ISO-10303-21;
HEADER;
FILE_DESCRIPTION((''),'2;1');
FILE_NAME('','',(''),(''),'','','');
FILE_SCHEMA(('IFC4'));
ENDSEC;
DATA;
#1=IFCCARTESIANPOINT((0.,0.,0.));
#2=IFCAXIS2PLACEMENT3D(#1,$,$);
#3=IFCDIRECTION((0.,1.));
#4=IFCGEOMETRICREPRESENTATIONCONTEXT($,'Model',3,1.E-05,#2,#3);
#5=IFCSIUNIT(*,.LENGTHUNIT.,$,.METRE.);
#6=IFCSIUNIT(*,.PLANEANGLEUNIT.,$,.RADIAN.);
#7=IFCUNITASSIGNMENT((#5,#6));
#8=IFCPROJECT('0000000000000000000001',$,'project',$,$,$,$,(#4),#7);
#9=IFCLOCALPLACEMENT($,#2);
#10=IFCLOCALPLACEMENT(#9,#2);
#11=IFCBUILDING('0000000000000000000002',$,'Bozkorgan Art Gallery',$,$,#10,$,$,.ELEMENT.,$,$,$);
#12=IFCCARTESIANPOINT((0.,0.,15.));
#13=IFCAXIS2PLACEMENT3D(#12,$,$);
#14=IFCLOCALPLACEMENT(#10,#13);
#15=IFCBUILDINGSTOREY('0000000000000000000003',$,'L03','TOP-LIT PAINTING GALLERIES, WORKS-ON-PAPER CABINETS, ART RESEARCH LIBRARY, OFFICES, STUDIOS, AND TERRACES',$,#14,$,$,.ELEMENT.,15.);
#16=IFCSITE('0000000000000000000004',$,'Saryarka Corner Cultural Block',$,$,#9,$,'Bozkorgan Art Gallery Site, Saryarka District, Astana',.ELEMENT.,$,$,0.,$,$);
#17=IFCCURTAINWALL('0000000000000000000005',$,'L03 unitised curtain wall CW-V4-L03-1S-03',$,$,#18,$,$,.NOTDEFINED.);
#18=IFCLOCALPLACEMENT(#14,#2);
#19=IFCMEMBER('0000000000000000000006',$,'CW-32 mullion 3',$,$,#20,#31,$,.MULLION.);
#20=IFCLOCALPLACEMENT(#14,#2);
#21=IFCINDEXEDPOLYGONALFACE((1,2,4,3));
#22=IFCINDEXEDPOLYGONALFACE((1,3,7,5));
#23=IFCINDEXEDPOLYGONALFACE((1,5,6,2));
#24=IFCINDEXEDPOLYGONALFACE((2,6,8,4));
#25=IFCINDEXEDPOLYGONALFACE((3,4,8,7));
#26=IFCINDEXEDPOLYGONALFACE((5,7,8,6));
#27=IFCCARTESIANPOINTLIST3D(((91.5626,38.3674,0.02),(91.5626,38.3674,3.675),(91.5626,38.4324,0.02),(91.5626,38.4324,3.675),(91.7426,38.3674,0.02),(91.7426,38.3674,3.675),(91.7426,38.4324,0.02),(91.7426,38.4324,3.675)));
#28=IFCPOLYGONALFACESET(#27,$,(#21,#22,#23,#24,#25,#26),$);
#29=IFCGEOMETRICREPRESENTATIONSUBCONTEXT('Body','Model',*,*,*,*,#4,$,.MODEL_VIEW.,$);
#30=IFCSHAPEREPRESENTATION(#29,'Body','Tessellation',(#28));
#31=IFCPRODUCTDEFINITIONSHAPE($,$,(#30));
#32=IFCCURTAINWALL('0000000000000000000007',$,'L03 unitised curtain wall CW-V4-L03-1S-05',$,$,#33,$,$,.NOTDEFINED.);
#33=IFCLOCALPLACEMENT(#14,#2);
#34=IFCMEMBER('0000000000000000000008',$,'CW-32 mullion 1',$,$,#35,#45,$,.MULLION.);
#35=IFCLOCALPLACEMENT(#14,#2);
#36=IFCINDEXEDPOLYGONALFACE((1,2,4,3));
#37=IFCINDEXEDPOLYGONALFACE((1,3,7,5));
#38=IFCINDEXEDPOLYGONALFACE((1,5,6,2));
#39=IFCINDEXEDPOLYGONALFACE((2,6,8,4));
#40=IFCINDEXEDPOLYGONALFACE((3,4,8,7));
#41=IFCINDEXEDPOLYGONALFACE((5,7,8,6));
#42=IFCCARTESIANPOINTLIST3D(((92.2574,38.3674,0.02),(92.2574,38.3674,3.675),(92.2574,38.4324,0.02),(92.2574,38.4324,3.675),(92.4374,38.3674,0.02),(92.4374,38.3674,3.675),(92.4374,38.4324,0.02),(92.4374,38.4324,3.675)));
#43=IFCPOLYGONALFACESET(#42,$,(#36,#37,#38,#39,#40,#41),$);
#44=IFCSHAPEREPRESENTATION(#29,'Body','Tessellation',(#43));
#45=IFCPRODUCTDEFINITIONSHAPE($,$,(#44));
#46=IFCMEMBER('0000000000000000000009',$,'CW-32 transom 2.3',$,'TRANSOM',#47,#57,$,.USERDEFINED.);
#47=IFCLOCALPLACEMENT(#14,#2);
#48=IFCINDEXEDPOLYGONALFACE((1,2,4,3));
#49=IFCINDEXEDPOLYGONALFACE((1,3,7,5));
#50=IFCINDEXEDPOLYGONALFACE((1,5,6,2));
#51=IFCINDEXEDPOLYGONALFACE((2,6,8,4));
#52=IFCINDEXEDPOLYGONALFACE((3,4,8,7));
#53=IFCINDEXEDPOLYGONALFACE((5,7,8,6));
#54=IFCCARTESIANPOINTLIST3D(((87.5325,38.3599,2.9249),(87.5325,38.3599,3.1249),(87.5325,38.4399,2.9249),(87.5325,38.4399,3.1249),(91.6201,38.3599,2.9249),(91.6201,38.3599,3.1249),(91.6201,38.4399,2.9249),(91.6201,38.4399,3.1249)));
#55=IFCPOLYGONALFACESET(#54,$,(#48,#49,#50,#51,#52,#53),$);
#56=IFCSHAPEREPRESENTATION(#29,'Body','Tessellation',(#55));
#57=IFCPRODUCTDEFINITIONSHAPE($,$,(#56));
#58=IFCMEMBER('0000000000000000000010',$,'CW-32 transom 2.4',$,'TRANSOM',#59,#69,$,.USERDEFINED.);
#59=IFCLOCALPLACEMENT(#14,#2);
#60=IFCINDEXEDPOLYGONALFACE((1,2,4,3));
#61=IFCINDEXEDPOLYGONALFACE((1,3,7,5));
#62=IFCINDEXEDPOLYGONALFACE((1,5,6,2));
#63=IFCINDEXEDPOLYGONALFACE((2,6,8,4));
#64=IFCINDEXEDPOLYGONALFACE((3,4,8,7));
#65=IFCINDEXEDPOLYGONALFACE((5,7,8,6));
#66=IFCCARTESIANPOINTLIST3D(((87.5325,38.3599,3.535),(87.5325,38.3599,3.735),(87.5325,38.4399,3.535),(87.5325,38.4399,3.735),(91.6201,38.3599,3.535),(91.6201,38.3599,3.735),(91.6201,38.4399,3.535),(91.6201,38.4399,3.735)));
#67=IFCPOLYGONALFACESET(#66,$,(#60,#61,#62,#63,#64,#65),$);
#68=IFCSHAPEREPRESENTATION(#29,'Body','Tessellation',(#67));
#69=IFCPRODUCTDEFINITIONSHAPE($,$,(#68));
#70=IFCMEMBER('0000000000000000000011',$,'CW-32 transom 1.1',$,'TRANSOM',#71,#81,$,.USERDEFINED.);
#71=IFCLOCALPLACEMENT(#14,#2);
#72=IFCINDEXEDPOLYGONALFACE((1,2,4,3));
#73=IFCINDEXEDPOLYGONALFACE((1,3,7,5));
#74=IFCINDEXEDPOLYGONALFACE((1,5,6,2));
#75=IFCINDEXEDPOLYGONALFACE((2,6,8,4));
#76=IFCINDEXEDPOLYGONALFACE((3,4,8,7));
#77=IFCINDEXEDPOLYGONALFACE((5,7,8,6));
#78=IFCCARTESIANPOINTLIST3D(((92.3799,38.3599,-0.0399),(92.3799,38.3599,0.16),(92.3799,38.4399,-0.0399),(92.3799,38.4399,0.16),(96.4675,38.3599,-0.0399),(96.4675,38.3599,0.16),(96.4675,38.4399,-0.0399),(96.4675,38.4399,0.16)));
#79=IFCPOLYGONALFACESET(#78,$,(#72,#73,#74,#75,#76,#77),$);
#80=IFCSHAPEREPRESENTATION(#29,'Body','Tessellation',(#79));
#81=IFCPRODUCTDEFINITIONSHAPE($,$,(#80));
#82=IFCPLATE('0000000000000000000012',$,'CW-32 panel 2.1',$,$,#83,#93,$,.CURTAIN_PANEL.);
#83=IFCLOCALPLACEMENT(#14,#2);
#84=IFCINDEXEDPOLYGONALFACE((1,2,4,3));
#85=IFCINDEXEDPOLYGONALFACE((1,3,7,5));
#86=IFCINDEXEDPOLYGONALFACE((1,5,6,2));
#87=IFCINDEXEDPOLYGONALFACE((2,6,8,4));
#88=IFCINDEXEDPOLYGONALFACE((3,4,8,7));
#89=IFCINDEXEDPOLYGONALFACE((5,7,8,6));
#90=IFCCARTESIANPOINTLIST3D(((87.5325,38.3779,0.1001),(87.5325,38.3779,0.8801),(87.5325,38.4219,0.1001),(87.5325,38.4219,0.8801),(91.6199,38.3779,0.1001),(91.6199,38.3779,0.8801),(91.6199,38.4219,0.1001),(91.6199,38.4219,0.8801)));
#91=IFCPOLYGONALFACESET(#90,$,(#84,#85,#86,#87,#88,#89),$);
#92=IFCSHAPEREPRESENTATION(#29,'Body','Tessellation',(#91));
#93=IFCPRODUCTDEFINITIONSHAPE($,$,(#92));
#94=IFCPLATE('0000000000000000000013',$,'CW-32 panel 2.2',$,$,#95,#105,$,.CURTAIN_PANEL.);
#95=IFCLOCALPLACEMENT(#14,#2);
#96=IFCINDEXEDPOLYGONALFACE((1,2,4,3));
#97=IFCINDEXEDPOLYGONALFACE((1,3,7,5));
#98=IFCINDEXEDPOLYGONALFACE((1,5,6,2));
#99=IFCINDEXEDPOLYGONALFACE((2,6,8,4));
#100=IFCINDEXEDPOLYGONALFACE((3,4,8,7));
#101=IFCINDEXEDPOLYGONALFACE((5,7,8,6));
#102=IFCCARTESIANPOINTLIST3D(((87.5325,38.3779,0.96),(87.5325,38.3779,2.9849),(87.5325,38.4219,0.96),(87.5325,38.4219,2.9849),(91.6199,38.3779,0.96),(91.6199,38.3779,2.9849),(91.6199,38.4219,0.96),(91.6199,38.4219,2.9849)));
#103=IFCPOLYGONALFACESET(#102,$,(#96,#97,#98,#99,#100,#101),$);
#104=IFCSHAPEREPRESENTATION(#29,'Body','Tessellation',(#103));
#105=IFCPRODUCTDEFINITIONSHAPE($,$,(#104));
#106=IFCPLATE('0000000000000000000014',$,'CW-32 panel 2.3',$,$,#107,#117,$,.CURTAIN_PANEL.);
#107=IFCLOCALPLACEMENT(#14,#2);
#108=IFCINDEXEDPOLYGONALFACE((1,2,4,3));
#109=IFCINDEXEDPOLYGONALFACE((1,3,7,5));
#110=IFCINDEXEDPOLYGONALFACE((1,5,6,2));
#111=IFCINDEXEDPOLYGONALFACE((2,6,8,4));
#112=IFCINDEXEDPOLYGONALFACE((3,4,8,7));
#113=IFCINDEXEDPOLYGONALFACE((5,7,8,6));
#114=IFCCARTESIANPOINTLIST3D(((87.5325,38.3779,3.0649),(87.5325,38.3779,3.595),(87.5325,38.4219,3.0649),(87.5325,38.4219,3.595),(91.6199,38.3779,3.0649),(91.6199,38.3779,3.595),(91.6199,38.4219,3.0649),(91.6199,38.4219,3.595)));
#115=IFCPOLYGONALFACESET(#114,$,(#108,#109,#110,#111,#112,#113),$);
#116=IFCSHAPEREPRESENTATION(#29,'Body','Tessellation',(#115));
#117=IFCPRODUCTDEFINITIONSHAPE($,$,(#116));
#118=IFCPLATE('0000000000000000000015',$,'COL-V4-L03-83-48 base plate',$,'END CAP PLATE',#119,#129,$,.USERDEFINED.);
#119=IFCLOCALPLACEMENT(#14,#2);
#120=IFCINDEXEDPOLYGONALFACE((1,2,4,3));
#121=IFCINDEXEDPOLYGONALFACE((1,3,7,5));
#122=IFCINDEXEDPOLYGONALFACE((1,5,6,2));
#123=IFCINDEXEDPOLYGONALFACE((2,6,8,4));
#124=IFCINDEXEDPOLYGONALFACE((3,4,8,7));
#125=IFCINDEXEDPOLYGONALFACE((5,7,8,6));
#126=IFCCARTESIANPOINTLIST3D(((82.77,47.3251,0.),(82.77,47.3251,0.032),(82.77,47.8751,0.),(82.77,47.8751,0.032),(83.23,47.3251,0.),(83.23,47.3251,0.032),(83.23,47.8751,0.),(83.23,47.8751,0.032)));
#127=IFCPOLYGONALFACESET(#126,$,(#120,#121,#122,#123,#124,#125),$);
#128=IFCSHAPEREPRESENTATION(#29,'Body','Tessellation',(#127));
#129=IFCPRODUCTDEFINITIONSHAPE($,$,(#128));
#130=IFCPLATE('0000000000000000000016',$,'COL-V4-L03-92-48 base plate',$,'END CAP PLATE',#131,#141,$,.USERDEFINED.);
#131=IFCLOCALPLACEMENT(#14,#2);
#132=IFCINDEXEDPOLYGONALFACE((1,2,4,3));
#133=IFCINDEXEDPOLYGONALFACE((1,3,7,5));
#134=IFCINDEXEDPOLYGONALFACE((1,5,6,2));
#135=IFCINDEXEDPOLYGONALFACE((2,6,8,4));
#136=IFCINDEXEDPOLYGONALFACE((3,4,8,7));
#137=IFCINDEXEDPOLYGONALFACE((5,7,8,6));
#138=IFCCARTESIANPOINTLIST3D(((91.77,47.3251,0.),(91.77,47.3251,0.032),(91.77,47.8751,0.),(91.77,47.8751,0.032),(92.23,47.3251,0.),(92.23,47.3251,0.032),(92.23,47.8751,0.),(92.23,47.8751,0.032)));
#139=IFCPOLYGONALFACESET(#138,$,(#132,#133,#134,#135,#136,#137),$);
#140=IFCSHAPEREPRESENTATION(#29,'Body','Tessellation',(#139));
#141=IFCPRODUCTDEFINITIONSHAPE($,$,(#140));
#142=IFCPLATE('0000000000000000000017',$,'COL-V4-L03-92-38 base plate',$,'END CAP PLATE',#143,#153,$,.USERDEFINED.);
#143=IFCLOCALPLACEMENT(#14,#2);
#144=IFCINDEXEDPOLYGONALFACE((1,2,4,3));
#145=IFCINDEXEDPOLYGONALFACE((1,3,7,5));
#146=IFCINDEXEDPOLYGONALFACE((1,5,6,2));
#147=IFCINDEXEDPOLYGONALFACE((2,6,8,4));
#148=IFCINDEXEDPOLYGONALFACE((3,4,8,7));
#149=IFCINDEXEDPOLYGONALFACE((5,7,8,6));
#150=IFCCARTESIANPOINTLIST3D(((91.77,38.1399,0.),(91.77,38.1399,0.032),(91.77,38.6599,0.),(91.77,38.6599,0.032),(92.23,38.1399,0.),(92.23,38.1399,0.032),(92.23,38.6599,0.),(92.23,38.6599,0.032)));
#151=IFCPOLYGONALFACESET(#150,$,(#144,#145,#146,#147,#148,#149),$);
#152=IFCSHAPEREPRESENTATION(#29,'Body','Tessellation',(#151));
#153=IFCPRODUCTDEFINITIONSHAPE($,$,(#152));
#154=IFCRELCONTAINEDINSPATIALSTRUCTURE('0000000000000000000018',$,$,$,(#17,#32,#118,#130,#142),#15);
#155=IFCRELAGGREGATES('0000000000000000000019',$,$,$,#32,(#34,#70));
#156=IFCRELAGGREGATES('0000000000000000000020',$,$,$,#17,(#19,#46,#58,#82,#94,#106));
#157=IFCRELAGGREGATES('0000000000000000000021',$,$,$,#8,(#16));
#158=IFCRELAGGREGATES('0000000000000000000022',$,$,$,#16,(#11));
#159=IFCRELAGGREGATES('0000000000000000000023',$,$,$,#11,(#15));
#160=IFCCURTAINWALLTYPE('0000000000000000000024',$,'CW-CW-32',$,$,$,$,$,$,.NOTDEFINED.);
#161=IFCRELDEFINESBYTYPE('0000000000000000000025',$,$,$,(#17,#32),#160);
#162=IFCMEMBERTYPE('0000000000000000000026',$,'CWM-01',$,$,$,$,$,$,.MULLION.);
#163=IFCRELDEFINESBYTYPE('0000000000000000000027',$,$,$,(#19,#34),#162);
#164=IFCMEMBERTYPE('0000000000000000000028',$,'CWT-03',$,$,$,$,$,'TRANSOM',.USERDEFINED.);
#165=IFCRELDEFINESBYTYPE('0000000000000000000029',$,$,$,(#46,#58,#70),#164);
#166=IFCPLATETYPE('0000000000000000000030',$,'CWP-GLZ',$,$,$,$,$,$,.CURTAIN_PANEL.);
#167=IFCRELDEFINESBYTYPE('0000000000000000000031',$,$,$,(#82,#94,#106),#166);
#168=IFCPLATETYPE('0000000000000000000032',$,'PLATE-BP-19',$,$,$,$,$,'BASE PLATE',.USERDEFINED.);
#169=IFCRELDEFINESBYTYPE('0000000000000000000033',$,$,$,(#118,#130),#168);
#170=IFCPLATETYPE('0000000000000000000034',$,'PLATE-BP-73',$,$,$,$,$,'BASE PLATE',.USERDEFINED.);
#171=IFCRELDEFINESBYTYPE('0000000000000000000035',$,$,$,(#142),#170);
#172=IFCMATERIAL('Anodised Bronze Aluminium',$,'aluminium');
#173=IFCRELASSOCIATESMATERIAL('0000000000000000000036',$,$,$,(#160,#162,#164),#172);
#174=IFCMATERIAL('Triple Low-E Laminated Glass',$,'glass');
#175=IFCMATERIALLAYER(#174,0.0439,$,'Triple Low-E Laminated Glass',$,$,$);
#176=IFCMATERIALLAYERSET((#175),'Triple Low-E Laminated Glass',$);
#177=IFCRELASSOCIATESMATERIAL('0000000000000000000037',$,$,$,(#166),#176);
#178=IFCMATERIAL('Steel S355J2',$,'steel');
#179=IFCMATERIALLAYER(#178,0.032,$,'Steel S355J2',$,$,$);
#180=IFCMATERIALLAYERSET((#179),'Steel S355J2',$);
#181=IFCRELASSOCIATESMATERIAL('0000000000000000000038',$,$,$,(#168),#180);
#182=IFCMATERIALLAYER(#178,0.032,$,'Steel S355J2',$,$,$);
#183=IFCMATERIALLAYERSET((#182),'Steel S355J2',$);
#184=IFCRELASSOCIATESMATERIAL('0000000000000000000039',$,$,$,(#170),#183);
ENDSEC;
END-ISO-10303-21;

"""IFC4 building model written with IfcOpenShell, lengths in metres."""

from ifc_helpers import new_model, si_unit, direction, frame, origin, origin_2d, place, context, subcontext, project, spatial, rectangle, extrude, material, layer, layer_set, material_profile, profile_set, type_object, element, aggregate, save


model = new_model("IFC4")

# Units and contexts
model_context = context("Model", 3, precision=1e-05, world=origin(), true_north=direction((0.0, 1.0)))
body_context = subcontext(model_context, "Body", "Model", "MODEL_VIEW")
ifc_project = project(units=[si_unit("LENGTHUNIT", "METRE"), si_unit("PLANEANGLEUNIT", "RADIAN")], contexts=[model_context])

# Site, building, storey
site_placement = place(None, origin())
site = spatial("IfcSite", under=ifc_project, at=site_placement, Name="Saryarka Corner Cultural Block", LongName="Bozkorgan Art Gallery Site, Saryarka District, Astana", CompositionType="ELEMENT", RefElevation=0.0)
building_placement = place(site_placement, origin())
building = spatial("IfcBuilding", under=site, at=building_placement, Name="Bozkorgan Art Gallery", CompositionType="ELEMENT")
storey_placement = place(building_placement, frame((0.0, 0.0, 15.0)))
storey = spatial("IfcBuildingStorey", under=building, at=storey_placement, Name="L03", Description="TOP-LIT PAINTING GALLERIES, WORKS-ON-PAPER CABINETS, ART RESEARCH LIBRARY, OFFICES, STUDIOS, AND TERRACES", CompositionType="ELEMENT", Elevation=15.0)

# Shared definitions
ifc_material_1 = material(Name="Steel S355J2", Category="steel")

# Curtain walls, members
ifc_material_2 = material(Name="Anodised Bronze Aluminium", Category="aluminium")
curtain_wall_type = type_object("IfcCurtainWallType", Name="CW-CW-32", PredefinedType="NOTDEFINED", material=ifc_material_2)
curtain_wall_1_placement = place(storey_placement, origin())
curtain_wall_1 = element("IfcCurtainWall", 1, at=curtain_wall_1_placement, inside=storey, type_object=curtain_wall_type, Name="L03 unitised curtain wall CW-V4-L03-1S-03", PredefinedType="NOTDEFINED")
ifc_material_profile_1 = material_profile(ifc_material_2, rectangle(XDim=0.0649, YDim=0.1799, at=origin_2d()), Name="ALU MULLION 65x180")
ifc_profile_set_1 = profile_set([ifc_material_profile_1], Name="Anodised Bronze Aluminium")
member_type_1 = type_object("IfcMemberType", Name="CWM-01", PredefinedType="MULLION", material=ifc_profile_set_1)
member_1_placement = place(storey_placement, frame((91.6526, 38.3999, 0.02), z_axis=(0.0, 0.0, 1.0), x_axis=(0.0, 1.0, 0.0)))
member_1 = element("IfcMember", 2, at=member_1_placement, type_object=member_type_1, Name="CW-32 mullion 3", PredefinedType="MULLION", context=body_context, shape_type="SweptSolid", body=[
    extrude(rectangle(XDim=0.0649, YDim=0.1799, at=origin_2d()), origin(), (0.0, 0.0, 1.0), 3.655),
])
curtain_wall_2_placement = place(storey_placement, origin())
curtain_wall_2 = element("IfcCurtainWall", 3, at=curtain_wall_2_placement, inside=storey, type_object=curtain_wall_type, Name="L03 unitised curtain wall CW-V4-L03-1S-05", PredefinedType="NOTDEFINED")
member_2_placement = place(storey_placement, frame((92.3474, 38.3999, 0.02), z_axis=(0.0, 0.0, 1.0), x_axis=(0.0, 1.0, 0.0)))
member_2 = element("IfcMember", 4, at=member_2_placement, type_object=member_type_1, Name="CW-32 mullion 1", PredefinedType="MULLION", context=body_context, shape_type="SweptSolid", body=[
    extrude(rectangle(XDim=0.0649, YDim=0.1799, at=origin_2d()), origin(), (0.0, 0.0, 1.0), 3.655),
])

# Members
ifc_material_profile_2 = material_profile(ifc_material_2, rectangle(XDim=0.0801, YDim=0.2, at=origin_2d()), Name="ALU TRANSOM 80x200")
ifc_profile_set_2 = profile_set([ifc_material_profile_2], Name="Anodised Bronze Aluminium")
member_type_2 = type_object("IfcMemberType", Name="CWT-03", ElementType="TRANSOM", PredefinedType="USERDEFINED", material=ifc_profile_set_2)
member_3_placement = place(storey_placement, frame((87.5325, 38.3999, 3.0249), z_axis=(1.0, 0.0, 0.0), x_axis=(0.0, 1.0, 0.0)))
member_3 = element("IfcMember", 5, at=member_3_placement, type_object=member_type_2, Name="CW-32 transom 2.3", ObjectType="TRANSOM", PredefinedType="USERDEFINED", context=body_context, shape_type="SweptSolid", body=[
    extrude(rectangle(XDim=0.0801, YDim=0.2, at=origin_2d()), origin(), (0.0, 0.0, 1.0), 4.0876),
])
member_4_placement = place(storey_placement, frame((87.5325, 38.3999, 3.635), z_axis=(1.0, 0.0, 0.0), x_axis=(0.0, 1.0, 0.0)))
member_4 = element("IfcMember", 6, at=member_4_placement, type_object=member_type_2, Name="CW-32 transom 2.4", ObjectType="TRANSOM", PredefinedType="USERDEFINED", context=body_context, shape_type="SweptSolid", body=[
    extrude(rectangle(XDim=0.0801, YDim=0.2, at=origin_2d()), origin(), (0.0, 0.0, 1.0), 4.0876),
])
member_5_placement = place(storey_placement, frame((92.3799, 38.3999, 0.0601), z_axis=(1.0, 0.0, 0.0), x_axis=(0.0, 1.0, 0.0)))
member_5 = element("IfcMember", 7, at=member_5_placement, type_object=member_type_2, Name="CW-32 transom 1.1", ObjectType="TRANSOM", PredefinedType="USERDEFINED", context=body_context, shape_type="SweptSolid", body=[
    extrude(rectangle(XDim=0.0801, YDim=0.2, at=origin_2d()), origin(), (0.0, 0.0, 1.0), 4.0876),
])
aggregate(curtain_wall_2, [member_2, member_5])

# Plates
ifc_material_3 = material(Name="Triple Low-E Laminated Glass", Category="glass")
ifc_layer_1 = layer(ifc_material_3, 0.0439, Name="Triple Low-E Laminated Glass")
ifc_layer_set_1 = layer_set([ifc_layer_1], Name="Triple Low-E Laminated Glass")
plate_type_1 = type_object("IfcPlateType", Name="CWP-GLZ", PredefinedType="CURTAIN_PANEL", material=ifc_layer_set_1)
plate_1_placement = place(storey_placement, frame((89.5762, 38.3999, 0.1001), z_axis=(0.0, 0.0, 1.0), x_axis=(1.0, 0.0, 0.0)))
plate_1 = element("IfcPlate", 8, at=plate_1_placement, type_object=plate_type_1, Name="CW-32 panel 2.1", PredefinedType="CURTAIN_PANEL", context=body_context, shape_type="SweptSolid", body=[
    extrude(rectangle(XDim=4.0874, YDim=0.0439, at=origin_2d()), origin(), (0.0, 0.0, 1.0), 0.78),
])
plate_2_placement = place(storey_placement, frame((89.5762, 38.3999, 0.96), z_axis=(0.0, 0.0, 1.0), x_axis=(1.0, 0.0, 0.0)))
plate_2 = element("IfcPlate", 9, at=plate_2_placement, type_object=plate_type_1, Name="CW-32 panel 2.2", PredefinedType="CURTAIN_PANEL", context=body_context, shape_type="SweptSolid", body=[
    extrude(rectangle(XDim=4.0874, YDim=0.0439, at=origin_2d()), origin(), (0.0, 0.0, 1.0), 2.0249),
])
plate_3_placement = place(storey_placement, frame((89.5762, 38.3999, 3.0649), z_axis=(0.0, 0.0, 1.0), x_axis=(1.0, 0.0, 0.0)))
plate_3 = element("IfcPlate", 10, at=plate_3_placement, type_object=plate_type_1, Name="CW-32 panel 2.3", PredefinedType="CURTAIN_PANEL", context=body_context, shape_type="SweptSolid", body=[
    extrude(rectangle(XDim=4.0874, YDim=0.0439, at=origin_2d()), origin(), (0.0, 0.0, 1.0), 0.53),
])
aggregate(curtain_wall_1, [member_1, member_3, member_4, plate_1, plate_2, plate_3])

# Plates
ifc_layer_2 = layer(ifc_material_1, 0.032, Name="Steel S355J2")
ifc_layer_set_2 = layer_set([ifc_layer_2], Name="Steel S355J2")
plate_type_2 = type_object("IfcPlateType", Name="PLATE-BP-19", ElementType="BASE PLATE", PredefinedType="USERDEFINED", material=ifc_layer_set_2)
for number, where, z_axis, x_axis, name in (
    (11, (83.0, 47.6001, 0.0), (0.0, 0.0, 1.0), (1.0, 0.0, 0.0), "COL-V4-L03-83-48 base plate"),
    (12, (92.0, 47.6001, 0.0), (0.0, 0.0, 1.0), (1.0, 0.0, 0.0), "COL-V4-L03-92-48 base plate"),
):
    element("IfcPlate", number, at=place(storey_placement, frame(where, z_axis=z_axis, x_axis=x_axis)), inside=storey, type_object=plate_type_2, Name=name, ObjectType="END CAP PLATE", PredefinedType="USERDEFINED", context=body_context, shape_type="SweptSolid", body=[
        extrude(rectangle(XDim=0.46, YDim=0.55, at=origin_2d()), origin(), (0.0, 0.0, 1.0), 0.032),
    ])
ifc_layer_3 = layer(ifc_material_1, 0.032, Name="Steel S355J2")
ifc_layer_set_3 = layer_set([ifc_layer_3], Name="Steel S355J2")
plate_type_3 = type_object("IfcPlateType", Name="PLATE-BP-73", ElementType="BASE PLATE", PredefinedType="USERDEFINED", material=ifc_layer_set_3)
plate_4_placement = place(storey_placement, frame((92.0, 38.3999, 0.0), z_axis=(0.0, 0.0, 1.0), x_axis=(1.0, 0.0, 0.0)))
element("IfcPlate", 13, at=plate_4_placement, inside=storey, type_object=plate_type_3, Name="COL-V4-L03-92-38 base plate", ObjectType="END CAP PLATE", PredefinedType="USERDEFINED", context=body_context, shape_type="SweptSolid", body=[
    extrude(rectangle(XDim=0.46, YDim=0.52, at=origin_2d()), origin(), (0.0, 0.0, 1.0), 0.032),
])

save(model, "model.ifc")
